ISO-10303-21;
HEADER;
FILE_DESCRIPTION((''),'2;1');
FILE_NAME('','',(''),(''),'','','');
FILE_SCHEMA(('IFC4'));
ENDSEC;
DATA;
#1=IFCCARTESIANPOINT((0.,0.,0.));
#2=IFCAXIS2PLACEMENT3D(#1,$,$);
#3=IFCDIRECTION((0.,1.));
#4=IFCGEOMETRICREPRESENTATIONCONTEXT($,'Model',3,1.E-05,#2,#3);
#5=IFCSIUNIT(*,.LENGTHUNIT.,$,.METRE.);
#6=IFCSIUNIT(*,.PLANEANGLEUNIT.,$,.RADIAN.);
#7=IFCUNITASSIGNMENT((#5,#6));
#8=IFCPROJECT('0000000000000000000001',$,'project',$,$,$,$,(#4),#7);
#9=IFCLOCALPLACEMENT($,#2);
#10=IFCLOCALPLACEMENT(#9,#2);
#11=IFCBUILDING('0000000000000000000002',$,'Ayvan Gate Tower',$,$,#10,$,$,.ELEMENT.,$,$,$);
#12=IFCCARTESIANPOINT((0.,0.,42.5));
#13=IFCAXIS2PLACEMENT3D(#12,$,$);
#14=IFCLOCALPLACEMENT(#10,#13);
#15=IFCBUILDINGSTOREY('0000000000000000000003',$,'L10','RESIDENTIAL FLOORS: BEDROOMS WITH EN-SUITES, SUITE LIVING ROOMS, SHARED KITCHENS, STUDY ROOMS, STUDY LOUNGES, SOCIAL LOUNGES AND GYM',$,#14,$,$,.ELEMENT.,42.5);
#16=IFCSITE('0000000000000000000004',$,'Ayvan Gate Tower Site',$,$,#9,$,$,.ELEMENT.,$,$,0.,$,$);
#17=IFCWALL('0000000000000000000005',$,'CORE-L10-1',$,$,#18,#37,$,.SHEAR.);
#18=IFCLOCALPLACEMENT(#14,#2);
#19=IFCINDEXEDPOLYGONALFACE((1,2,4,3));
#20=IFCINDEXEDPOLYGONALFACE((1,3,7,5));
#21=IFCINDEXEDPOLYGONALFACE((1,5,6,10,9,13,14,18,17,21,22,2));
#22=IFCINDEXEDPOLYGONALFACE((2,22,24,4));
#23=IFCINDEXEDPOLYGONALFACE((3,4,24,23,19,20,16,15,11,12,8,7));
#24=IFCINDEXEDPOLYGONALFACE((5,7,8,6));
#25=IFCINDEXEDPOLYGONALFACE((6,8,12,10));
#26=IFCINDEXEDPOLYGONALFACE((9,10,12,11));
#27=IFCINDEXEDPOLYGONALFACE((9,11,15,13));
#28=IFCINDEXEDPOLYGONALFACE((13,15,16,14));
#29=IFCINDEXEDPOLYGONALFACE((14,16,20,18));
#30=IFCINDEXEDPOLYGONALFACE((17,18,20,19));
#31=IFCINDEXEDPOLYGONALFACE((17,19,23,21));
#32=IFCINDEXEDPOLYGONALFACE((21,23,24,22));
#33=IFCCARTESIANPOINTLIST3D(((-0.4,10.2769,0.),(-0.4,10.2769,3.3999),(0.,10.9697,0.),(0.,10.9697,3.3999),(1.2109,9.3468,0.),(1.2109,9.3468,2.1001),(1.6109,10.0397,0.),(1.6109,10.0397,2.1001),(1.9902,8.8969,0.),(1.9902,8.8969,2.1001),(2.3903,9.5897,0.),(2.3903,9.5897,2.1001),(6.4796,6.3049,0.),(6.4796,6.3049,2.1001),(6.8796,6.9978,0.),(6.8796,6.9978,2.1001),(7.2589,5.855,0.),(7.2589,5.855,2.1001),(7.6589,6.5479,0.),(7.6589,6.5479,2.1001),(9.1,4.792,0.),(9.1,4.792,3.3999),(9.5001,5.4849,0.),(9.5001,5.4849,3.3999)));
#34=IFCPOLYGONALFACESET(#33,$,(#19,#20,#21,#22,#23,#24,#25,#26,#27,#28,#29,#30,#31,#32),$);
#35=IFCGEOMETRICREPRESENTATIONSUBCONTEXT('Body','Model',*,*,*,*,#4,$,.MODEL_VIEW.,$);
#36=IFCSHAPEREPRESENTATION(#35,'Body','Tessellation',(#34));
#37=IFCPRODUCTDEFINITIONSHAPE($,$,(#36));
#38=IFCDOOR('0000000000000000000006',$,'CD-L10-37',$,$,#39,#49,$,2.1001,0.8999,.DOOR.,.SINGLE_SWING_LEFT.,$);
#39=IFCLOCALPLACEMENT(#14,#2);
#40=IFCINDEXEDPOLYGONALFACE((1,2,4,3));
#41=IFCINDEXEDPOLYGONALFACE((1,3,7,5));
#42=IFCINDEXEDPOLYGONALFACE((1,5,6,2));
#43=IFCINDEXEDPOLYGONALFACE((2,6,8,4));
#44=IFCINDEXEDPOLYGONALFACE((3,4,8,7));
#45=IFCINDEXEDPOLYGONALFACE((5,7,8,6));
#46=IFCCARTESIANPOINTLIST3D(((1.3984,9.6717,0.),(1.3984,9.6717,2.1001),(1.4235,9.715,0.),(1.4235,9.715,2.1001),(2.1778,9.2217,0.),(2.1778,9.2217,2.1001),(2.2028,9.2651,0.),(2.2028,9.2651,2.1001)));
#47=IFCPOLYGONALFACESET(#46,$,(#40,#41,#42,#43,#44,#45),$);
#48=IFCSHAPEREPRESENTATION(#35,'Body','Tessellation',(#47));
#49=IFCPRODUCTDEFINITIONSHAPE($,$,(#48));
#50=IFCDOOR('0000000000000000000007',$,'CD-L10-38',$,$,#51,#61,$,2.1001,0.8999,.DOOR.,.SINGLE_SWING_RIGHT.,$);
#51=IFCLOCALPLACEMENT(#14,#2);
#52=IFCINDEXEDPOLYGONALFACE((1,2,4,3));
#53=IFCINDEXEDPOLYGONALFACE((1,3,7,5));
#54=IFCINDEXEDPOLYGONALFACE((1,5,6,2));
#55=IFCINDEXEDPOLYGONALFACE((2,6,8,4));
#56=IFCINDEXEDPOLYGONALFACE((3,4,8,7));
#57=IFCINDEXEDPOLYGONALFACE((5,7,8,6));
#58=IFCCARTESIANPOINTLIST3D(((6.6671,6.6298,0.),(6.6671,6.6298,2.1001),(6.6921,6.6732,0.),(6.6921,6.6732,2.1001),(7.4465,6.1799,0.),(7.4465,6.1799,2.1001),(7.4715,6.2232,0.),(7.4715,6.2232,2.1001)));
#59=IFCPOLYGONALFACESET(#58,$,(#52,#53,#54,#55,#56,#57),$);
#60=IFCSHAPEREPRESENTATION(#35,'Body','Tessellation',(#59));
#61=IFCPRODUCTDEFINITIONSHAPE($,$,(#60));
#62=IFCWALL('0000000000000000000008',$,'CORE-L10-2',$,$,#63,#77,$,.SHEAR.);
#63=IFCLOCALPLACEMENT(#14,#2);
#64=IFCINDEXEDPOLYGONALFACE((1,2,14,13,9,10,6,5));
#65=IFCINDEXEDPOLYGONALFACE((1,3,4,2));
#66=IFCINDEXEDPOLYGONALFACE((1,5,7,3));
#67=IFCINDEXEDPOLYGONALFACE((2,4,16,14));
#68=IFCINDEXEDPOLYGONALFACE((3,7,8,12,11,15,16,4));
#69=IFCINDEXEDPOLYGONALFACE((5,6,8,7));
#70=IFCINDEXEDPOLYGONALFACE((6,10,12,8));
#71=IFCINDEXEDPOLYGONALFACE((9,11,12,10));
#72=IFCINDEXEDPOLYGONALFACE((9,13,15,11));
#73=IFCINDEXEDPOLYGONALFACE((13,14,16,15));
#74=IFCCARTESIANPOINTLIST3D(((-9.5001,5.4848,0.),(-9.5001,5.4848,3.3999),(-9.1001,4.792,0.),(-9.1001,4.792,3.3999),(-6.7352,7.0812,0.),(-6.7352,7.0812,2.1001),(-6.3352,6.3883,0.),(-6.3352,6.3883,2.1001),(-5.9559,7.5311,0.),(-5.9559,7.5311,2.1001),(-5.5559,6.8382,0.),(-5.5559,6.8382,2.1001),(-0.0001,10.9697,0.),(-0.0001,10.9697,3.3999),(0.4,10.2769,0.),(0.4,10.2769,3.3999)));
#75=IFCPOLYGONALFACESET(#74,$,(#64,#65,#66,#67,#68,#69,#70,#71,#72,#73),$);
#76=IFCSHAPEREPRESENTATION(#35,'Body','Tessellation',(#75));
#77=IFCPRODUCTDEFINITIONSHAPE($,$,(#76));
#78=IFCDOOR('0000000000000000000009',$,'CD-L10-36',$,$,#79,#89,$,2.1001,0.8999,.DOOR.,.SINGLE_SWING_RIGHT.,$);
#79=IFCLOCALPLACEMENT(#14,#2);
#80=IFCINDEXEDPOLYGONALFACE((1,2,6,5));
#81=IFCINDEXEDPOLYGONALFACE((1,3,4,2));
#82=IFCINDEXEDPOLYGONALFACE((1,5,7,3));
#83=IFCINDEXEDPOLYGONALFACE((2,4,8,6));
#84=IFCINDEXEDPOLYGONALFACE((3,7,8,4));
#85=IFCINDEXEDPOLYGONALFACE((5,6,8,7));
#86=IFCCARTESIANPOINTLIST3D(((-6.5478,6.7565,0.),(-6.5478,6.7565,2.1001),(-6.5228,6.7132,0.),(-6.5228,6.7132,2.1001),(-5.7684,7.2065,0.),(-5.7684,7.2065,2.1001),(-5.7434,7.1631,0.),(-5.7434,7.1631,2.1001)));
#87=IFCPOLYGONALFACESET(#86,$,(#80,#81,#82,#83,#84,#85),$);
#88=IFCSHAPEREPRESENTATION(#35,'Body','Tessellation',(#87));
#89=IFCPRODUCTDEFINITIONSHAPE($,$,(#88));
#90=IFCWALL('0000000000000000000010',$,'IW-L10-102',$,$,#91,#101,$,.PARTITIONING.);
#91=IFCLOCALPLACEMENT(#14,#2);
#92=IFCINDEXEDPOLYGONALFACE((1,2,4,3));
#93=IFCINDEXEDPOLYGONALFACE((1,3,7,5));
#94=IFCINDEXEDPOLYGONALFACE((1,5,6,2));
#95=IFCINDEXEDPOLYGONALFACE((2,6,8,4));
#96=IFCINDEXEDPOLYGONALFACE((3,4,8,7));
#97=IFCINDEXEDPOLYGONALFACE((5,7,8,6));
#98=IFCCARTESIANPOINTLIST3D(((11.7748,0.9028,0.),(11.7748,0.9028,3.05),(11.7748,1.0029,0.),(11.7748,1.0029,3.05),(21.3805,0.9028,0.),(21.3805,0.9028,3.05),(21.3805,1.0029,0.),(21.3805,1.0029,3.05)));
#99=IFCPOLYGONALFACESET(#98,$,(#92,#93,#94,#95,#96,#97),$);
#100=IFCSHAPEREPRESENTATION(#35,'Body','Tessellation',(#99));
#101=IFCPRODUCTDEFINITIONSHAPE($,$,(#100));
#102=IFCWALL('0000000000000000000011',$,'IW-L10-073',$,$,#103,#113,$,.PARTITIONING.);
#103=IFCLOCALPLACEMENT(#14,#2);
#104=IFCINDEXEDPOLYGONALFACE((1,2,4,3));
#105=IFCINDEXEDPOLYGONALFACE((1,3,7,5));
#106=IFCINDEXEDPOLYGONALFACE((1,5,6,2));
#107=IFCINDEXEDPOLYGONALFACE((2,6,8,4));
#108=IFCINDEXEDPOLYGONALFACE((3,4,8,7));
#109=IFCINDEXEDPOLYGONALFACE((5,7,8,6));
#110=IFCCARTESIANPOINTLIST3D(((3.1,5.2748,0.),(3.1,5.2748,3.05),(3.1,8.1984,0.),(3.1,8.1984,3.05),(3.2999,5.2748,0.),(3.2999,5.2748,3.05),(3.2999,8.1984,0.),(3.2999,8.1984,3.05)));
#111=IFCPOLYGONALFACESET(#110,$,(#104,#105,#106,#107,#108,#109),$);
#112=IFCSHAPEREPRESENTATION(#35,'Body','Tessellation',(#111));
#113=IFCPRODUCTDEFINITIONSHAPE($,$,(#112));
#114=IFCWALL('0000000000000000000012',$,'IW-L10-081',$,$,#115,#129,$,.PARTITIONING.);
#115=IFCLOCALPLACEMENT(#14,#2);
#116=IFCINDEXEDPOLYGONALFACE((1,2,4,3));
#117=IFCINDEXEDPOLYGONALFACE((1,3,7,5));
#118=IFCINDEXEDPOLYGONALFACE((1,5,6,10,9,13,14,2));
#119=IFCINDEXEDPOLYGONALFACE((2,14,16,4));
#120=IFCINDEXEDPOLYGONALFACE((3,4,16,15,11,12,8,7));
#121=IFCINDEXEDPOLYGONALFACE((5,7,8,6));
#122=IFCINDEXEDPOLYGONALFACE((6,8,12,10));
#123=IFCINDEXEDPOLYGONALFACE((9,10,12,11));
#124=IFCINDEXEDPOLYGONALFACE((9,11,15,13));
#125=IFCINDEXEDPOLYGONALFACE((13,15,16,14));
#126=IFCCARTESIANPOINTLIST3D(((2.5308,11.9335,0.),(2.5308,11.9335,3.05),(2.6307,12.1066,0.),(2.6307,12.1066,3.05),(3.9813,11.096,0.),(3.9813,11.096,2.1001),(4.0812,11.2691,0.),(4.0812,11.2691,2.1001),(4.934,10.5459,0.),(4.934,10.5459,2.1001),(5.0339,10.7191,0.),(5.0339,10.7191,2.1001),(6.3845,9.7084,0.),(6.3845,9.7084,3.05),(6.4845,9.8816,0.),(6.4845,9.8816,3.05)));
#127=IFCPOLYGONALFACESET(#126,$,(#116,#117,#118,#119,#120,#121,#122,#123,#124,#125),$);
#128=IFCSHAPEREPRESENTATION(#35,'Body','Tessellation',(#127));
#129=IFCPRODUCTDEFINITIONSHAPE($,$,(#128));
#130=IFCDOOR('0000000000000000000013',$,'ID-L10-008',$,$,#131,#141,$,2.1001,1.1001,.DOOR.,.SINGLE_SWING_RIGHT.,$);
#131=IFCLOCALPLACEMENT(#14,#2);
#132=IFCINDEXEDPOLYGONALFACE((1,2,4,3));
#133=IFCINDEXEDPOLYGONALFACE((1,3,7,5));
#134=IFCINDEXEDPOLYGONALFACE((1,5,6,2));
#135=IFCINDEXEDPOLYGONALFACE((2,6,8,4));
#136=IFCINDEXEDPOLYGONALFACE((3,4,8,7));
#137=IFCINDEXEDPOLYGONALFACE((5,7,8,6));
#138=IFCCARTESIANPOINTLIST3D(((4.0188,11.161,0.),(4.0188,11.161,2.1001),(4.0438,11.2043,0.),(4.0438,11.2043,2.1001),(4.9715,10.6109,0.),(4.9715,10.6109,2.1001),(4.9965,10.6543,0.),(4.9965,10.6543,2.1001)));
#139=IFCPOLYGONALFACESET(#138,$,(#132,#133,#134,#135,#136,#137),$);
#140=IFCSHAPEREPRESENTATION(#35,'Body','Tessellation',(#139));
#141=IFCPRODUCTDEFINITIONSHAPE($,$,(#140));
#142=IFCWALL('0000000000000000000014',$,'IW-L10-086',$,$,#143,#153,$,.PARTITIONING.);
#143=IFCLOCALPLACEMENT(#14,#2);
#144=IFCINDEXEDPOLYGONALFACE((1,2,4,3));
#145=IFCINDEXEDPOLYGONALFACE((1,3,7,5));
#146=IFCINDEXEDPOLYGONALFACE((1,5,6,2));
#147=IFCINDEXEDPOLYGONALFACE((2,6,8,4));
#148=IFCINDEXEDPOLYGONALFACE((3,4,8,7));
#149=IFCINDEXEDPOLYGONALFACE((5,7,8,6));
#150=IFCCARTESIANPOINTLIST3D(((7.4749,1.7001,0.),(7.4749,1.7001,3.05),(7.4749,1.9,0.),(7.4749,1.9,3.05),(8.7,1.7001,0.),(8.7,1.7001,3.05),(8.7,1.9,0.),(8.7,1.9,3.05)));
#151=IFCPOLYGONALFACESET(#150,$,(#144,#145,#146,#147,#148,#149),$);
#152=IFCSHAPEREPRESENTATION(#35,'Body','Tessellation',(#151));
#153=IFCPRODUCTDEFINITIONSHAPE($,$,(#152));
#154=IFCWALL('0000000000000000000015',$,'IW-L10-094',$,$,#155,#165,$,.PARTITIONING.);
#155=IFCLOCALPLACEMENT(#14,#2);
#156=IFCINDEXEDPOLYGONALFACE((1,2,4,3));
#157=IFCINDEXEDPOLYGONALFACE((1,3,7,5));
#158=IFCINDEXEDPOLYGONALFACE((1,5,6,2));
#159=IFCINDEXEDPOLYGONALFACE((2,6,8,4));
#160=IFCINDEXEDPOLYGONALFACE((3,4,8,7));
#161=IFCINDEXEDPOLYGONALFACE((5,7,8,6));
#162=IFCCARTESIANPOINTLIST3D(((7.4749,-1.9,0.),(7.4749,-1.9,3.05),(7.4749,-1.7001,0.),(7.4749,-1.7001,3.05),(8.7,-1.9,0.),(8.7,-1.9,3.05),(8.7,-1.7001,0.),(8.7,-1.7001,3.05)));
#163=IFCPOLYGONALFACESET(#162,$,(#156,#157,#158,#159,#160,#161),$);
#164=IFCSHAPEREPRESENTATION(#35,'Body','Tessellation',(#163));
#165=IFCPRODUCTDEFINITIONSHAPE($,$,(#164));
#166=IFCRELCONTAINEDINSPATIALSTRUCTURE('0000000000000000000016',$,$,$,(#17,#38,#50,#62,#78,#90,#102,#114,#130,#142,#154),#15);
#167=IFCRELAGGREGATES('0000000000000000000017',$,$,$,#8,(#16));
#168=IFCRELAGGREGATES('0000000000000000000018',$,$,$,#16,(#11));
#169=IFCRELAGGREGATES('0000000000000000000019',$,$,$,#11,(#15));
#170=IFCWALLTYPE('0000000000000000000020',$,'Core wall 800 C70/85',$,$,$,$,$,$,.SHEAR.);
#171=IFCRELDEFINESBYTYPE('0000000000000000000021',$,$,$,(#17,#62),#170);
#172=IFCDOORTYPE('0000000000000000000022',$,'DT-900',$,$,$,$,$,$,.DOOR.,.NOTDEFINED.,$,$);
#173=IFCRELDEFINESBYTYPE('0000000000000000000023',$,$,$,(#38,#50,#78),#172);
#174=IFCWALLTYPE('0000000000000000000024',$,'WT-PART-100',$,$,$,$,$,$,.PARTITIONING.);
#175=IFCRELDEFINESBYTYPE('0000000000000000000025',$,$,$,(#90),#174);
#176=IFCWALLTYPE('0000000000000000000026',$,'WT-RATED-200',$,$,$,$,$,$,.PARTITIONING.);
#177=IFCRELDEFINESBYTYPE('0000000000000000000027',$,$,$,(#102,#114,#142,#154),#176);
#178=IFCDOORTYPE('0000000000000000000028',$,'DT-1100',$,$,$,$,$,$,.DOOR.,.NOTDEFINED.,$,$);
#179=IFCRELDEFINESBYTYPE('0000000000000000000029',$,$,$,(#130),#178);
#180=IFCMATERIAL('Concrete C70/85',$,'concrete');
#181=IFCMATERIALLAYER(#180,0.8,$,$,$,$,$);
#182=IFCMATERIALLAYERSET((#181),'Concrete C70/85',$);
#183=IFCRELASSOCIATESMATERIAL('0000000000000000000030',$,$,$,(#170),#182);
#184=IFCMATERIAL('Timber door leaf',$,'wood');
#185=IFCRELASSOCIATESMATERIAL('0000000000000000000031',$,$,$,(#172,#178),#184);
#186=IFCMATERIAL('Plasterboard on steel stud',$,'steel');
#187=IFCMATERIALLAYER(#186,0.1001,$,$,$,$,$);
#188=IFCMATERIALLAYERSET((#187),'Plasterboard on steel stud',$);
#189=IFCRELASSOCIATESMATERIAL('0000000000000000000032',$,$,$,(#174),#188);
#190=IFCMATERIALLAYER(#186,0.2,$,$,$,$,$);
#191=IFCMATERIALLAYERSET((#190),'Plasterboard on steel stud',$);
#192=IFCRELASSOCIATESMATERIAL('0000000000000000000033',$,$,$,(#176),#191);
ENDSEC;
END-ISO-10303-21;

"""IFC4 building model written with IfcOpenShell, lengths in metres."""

from ifc_helpers import new_model, si_unit, direction, frame, frame_2d, origin, place, context, subcontext, project, spatial, rectangle, extrude, material, layer, layer_set, type_object, element, fill, save


model = new_model("IFC4")

# Units and contexts
model_context = context("Model", 3, precision=1e-05, world=origin(), true_north=direction((0.0, 1.0)))
body_context = subcontext(model_context, "Body", "Model", "MODEL_VIEW")
ifc_project = project(units=[si_unit("LENGTHUNIT", "METRE"), si_unit("PLANEANGLEUNIT", "RADIAN")], contexts=[model_context])

# Site, building, storey
site_placement = place(None, origin())
site = spatial("IfcSite", under=ifc_project, at=site_placement, Name="Ayvan Gate Tower Site", CompositionType="ELEMENT", RefElevation=0.0)
building_placement = place(site_placement, origin())
building = spatial("IfcBuilding", under=site, at=building_placement, Name="Ayvan Gate Tower", CompositionType="ELEMENT")
storey_placement = place(building_placement, frame((0.0, 0.0, 42.5)))
storey = spatial("IfcBuildingStorey", under=building, at=storey_placement, Name="L10", Description="RESIDENTIAL FLOORS: BEDROOMS WITH EN-SUITES, SUITE LIVING ROOMS, SHARED KITCHENS, STUDY ROOMS, STUDY LOUNGES, SOCIAL LOUNGES AND GYM", CompositionType="ELEMENT", Elevation=42.5)

# Wall, openings, doors
ifc_material_1 = material(Name="Concrete C70/85", Category="concrete")
ifc_layer_1 = layer(ifc_material_1, 0.8)
ifc_layer_set_1 = layer_set([ifc_layer_1], Name="Concrete C70/85")
wall_type_1 = type_object("IfcWallType", Name="Core wall 800 C70/85", PredefinedType="SHEAR", material=ifc_layer_set_1)
wall_1_placement = place(storey_placement, frame((9.3, 5.1384, 0.0), z_axis=(0.0, 0.0, 1.0), x_axis=(-0.866024, 0.500002, 0.0)))
wall_1 = element("IfcWall", 1, at=wall_1_placement, inside=storey, type_object=wall_type_1, Name="CORE-L10-1", PredefinedType="SHEAR", context=body_context, shape_type="SweptSolid", body=[
    extrude(rectangle(XDim=10.9697, YDim=0.8, at=frame_2d((5.4849, 0.0))), origin(), (0.0, 0.0, 1.0), 3.3999),
])
opening_1_placement = place(wall_1_placement, frame((8.2097, 0.0, 0.0)))
opening_1 = element("IfcOpeningElement", 2, at=opening_1_placement, cuts=wall_1, PredefinedType="OPENING", context=body_context, shape_type="SweptSolid", body=[
    extrude(rectangle(XDim=0.8999, YDim=2.1001, at=frame_2d((0.45, 1.05))), frame((0.0, 0.4099, 0.0), z_axis=(0.0, -1.0, 0.0), x_axis=(1.0, 0.0, 0.0)), (0.0, 0.0, 1.0), 0.8201),
])
opening_2_placement = place(wall_1_placement, frame((2.126, 0.0, 0.0)))
opening_2 = element("IfcOpeningElement", 3, at=opening_2_placement, cuts=wall_1, PredefinedType="OPENING", context=body_context, shape_type="SweptSolid", body=[
    extrude(rectangle(XDim=0.8999, YDim=2.1001, at=frame_2d((0.45, 1.05))), frame((0.0, 0.4099, 0.0), z_axis=(0.0, -1.0, 0.0), x_axis=(1.0, 0.0, 0.0)), (0.0, 0.0, 1.0), 0.8201),
])
ifc_material_2 = material(Name="Timber door leaf", Category="wood")
door_type_1 = type_object("IfcDoorType", Name="DT-900", OperationType="NOTDEFINED", PredefinedType="DOOR", material=ifc_material_2)
door_1_placement = place(opening_1_placement, origin())
door_1 = element("IfcDoor", 4, at=door_1_placement, inside=storey, type_object=door_type_1, Name="CD-L10-37", OperationType="SINGLE_SWING_LEFT", OverallHeight=2.1001, OverallWidth=0.8999, PredefinedType="DOOR", context=body_context, shape_type="SweptSolid", body=[
    extrude(rectangle(XDim=0.8999, YDim=2.1001, at=frame_2d((0.45, 1.05))), frame((0.0, 0.0249, 0.0), z_axis=(0.0, -1.0, 0.0), x_axis=(1.0, 0.0, 0.0)), (0.0, 0.0, 1.0), 0.05),
])
fill(opening_1, door_1)
door_2_placement = place(opening_2_placement, origin())
door_2 = element("IfcDoor", 5, at=door_2_placement, inside=storey, type_object=door_type_1, Name="CD-L10-38", OperationType="SINGLE_SWING_RIGHT", OverallHeight=2.1001, OverallWidth=0.8999, PredefinedType="DOOR", context=body_context, shape_type="SweptSolid", body=[
    extrude(rectangle(XDim=0.8999, YDim=2.1001, at=frame_2d((0.45, 1.05))), frame((0.0, 0.0249, 0.0), z_axis=(0.0, -1.0, 0.0), x_axis=(1.0, 0.0, 0.0)), (0.0, 0.0, 1.0), 0.05),
])
fill(opening_2, door_2)

# Wall, opening, door
wall_2_placement = place(storey_placement, frame((0.2, 10.6233, 0.0), z_axis=(0.0, 0.0, 1.0), x_axis=(-0.866024, -0.500002, 0.0)))
wall_2 = element("IfcWall", 6, at=wall_2_placement, inside=storey, type_object=wall_type_1, Name="CORE-L10-2", PredefinedType="SHEAR", context=body_context, shape_type="SweptSolid", body=[
    extrude(rectangle(XDim=10.9697, YDim=0.8, at=frame_2d((5.4849, 0.0))), origin(), (0.0, 0.0, 1.0), 3.3999),
])
opening_3_placement = place(wall_2_placement, frame((6.8772, 0.0, 0.0)))
opening_3 = element("IfcOpeningElement", 7, at=opening_3_placement, cuts=wall_2, PredefinedType="OPENING", context=body_context, shape_type="SweptSolid", body=[
    extrude(rectangle(XDim=0.8999, YDim=2.1001, at=frame_2d((0.45, 1.05))), frame((0.0, 0.4099, 0.0), z_axis=(0.0, -1.0, 0.0), x_axis=(1.0, 0.0, 0.0)), (0.0, 0.0, 1.0), 0.8201),
])
door_3_placement = place(opening_3_placement, origin())
door_3 = element("IfcDoor", 8, at=door_3_placement, inside=storey, type_object=door_type_1, Name="CD-L10-36", OperationType="SINGLE_SWING_RIGHT", OverallHeight=2.1001, OverallWidth=0.8999, PredefinedType="DOOR", context=body_context, shape_type="SweptSolid", body=[
    extrude(rectangle(XDim=0.8999, YDim=2.1001, at=frame_2d((0.45, 1.05))), frame((0.0, 0.0249, 0.0), z_axis=(0.0, -1.0, 0.0), x_axis=(1.0, 0.0, 0.0)), (0.0, 0.0, 1.0), 0.05),
])
fill(opening_3, door_3)

# Walls
ifc_material_3 = material(Name="Plasterboard on steel stud", Category="steel")
ifc_layer_2 = layer(ifc_material_3, 0.1001)
ifc_layer_set_2 = layer_set([ifc_layer_2], Name="Plasterboard on steel stud")
wall_type_2 = type_object("IfcWallType", Name="WT-PART-100", PredefinedType="PARTITIONING", material=ifc_layer_set_2)
wall_3_placement = place(storey_placement, frame((11.7749, 0.9529, 0.0), z_axis=(0.0, 0.0, 1.0), x_axis=(1.0, 0.0, 0.0)))
element("IfcWall", 9, at=wall_3_placement, inside=storey, type_object=wall_type_2, Name="IW-L10-102", PredefinedType="PARTITIONING", context=body_context, shape_type="SweptSolid", body=[
    extrude(rectangle(XDim=9.6057, YDim=0.1001, at=frame_2d((4.8027, 0.0))), origin(), (0.0, 0.0, 1.0), 3.05),
])
ifc_layer_3 = layer(ifc_material_3, 0.2)
ifc_layer_set_3 = layer_set([ifc_layer_3], Name="Plasterboard on steel stud")
wall_type_3 = type_object("IfcWallType", Name="WT-RATED-200", PredefinedType="PARTITIONING", material=ifc_layer_set_3)
wall_4_placement = place(storey_placement, frame((3.2, 8.1985, 0.0), z_axis=(0.0, 0.0, 1.0), x_axis=(0.0, -1.0, 0.0)))
element("IfcWall", 10, at=wall_4_placement, inside=storey, type_object=wall_type_3, Name="IW-L10-073", PredefinedType="PARTITIONING", context=body_context, shape_type="SweptSolid", body=[
    extrude(rectangle(XDim=2.9236, YDim=0.2, at=frame_2d((1.4619, 0.0))), origin(), (0.0, 0.0, 1.0), 3.05),
])

# Wall, opening, door
wall_5_placement = place(storey_placement, frame((6.4346, 9.7949, 0.0), z_axis=(0.0, 0.0, 1.0), x_axis=(-0.866013, 0.500022, 0.0)))
wall_5 = element("IfcWall", 11, at=wall_5_placement, inside=storey, type_object=wall_type_3, Name="IW-L10-081", PredefinedType="PARTITIONING", context=body_context, shape_type="SweptSolid", body=[
    extrude(rectangle(XDim=4.45, YDim=0.2, at=frame_2d((2.2251, 0.0))), origin(), (0.0, 0.0, 1.0), 3.05),
])
opening_4_placement = place(wall_5_placement, frame((1.675, 0.0, 0.0)))
opening_4 = element("IfcOpeningElement", 12, at=opening_4_placement, cuts=wall_5, PredefinedType="OPENING", context=body_context, shape_type="SweptSolid", body=[
    extrude(rectangle(XDim=1.1001, YDim=2.1001, at=frame_2d((0.55, 1.05))), frame((0.0, 0.1099, 0.0), z_axis=(0.0, -1.0, 0.0), x_axis=(1.0, 0.0, 0.0)), (0.0, 0.0, 1.0), 0.22),
])
door_type_2 = type_object("IfcDoorType", Name="DT-1100", OperationType="NOTDEFINED", PredefinedType="DOOR", material=ifc_material_2)
door_4_placement = place(opening_4_placement, origin())
door_4 = element("IfcDoor", 13, at=door_4_placement, inside=storey, type_object=door_type_2, Name="ID-L10-008", OperationType="SINGLE_SWING_RIGHT", OverallHeight=2.1001, OverallWidth=1.1001, PredefinedType="DOOR", context=body_context, shape_type="SweptSolid", body=[
    extrude(rectangle(XDim=1.1001, YDim=2.1001, at=frame_2d((0.55, 1.05))), frame((0.0, 0.0249, 0.0), z_axis=(0.0, -1.0, 0.0), x_axis=(1.0, 0.0, 0.0)), (0.0, 0.0, 1.0), 0.05),
])
fill(opening_4, door_4)

# Walls
for number, where, z_axis, x_axis, name in (
    (14, (7.4749, 1.8, 0.0), (0.0, 0.0, 1.0), (1.0, 0.0, 0.0), "IW-L10-086"),
    (15, (8.7, -1.8, 0.0), (0.0, 0.0, 1.0), (-1.0, 0.0, 0.0), "IW-L10-094"),
):
    element("IfcWall", number, at=place(storey_placement, frame(where, z_axis=z_axis, x_axis=x_axis)), inside=storey, type_object=wall_type_3, Name=name, PredefinedType="PARTITIONING", context=body_context, shape_type="SweptSolid", body=[
        extrude(rectangle(XDim=1.2251, YDim=0.2, at=frame_2d((0.6125, 0.0))), origin(), (0.0, 0.0, 1.0), 3.05),
    ])

save(model, "model.ifc")
